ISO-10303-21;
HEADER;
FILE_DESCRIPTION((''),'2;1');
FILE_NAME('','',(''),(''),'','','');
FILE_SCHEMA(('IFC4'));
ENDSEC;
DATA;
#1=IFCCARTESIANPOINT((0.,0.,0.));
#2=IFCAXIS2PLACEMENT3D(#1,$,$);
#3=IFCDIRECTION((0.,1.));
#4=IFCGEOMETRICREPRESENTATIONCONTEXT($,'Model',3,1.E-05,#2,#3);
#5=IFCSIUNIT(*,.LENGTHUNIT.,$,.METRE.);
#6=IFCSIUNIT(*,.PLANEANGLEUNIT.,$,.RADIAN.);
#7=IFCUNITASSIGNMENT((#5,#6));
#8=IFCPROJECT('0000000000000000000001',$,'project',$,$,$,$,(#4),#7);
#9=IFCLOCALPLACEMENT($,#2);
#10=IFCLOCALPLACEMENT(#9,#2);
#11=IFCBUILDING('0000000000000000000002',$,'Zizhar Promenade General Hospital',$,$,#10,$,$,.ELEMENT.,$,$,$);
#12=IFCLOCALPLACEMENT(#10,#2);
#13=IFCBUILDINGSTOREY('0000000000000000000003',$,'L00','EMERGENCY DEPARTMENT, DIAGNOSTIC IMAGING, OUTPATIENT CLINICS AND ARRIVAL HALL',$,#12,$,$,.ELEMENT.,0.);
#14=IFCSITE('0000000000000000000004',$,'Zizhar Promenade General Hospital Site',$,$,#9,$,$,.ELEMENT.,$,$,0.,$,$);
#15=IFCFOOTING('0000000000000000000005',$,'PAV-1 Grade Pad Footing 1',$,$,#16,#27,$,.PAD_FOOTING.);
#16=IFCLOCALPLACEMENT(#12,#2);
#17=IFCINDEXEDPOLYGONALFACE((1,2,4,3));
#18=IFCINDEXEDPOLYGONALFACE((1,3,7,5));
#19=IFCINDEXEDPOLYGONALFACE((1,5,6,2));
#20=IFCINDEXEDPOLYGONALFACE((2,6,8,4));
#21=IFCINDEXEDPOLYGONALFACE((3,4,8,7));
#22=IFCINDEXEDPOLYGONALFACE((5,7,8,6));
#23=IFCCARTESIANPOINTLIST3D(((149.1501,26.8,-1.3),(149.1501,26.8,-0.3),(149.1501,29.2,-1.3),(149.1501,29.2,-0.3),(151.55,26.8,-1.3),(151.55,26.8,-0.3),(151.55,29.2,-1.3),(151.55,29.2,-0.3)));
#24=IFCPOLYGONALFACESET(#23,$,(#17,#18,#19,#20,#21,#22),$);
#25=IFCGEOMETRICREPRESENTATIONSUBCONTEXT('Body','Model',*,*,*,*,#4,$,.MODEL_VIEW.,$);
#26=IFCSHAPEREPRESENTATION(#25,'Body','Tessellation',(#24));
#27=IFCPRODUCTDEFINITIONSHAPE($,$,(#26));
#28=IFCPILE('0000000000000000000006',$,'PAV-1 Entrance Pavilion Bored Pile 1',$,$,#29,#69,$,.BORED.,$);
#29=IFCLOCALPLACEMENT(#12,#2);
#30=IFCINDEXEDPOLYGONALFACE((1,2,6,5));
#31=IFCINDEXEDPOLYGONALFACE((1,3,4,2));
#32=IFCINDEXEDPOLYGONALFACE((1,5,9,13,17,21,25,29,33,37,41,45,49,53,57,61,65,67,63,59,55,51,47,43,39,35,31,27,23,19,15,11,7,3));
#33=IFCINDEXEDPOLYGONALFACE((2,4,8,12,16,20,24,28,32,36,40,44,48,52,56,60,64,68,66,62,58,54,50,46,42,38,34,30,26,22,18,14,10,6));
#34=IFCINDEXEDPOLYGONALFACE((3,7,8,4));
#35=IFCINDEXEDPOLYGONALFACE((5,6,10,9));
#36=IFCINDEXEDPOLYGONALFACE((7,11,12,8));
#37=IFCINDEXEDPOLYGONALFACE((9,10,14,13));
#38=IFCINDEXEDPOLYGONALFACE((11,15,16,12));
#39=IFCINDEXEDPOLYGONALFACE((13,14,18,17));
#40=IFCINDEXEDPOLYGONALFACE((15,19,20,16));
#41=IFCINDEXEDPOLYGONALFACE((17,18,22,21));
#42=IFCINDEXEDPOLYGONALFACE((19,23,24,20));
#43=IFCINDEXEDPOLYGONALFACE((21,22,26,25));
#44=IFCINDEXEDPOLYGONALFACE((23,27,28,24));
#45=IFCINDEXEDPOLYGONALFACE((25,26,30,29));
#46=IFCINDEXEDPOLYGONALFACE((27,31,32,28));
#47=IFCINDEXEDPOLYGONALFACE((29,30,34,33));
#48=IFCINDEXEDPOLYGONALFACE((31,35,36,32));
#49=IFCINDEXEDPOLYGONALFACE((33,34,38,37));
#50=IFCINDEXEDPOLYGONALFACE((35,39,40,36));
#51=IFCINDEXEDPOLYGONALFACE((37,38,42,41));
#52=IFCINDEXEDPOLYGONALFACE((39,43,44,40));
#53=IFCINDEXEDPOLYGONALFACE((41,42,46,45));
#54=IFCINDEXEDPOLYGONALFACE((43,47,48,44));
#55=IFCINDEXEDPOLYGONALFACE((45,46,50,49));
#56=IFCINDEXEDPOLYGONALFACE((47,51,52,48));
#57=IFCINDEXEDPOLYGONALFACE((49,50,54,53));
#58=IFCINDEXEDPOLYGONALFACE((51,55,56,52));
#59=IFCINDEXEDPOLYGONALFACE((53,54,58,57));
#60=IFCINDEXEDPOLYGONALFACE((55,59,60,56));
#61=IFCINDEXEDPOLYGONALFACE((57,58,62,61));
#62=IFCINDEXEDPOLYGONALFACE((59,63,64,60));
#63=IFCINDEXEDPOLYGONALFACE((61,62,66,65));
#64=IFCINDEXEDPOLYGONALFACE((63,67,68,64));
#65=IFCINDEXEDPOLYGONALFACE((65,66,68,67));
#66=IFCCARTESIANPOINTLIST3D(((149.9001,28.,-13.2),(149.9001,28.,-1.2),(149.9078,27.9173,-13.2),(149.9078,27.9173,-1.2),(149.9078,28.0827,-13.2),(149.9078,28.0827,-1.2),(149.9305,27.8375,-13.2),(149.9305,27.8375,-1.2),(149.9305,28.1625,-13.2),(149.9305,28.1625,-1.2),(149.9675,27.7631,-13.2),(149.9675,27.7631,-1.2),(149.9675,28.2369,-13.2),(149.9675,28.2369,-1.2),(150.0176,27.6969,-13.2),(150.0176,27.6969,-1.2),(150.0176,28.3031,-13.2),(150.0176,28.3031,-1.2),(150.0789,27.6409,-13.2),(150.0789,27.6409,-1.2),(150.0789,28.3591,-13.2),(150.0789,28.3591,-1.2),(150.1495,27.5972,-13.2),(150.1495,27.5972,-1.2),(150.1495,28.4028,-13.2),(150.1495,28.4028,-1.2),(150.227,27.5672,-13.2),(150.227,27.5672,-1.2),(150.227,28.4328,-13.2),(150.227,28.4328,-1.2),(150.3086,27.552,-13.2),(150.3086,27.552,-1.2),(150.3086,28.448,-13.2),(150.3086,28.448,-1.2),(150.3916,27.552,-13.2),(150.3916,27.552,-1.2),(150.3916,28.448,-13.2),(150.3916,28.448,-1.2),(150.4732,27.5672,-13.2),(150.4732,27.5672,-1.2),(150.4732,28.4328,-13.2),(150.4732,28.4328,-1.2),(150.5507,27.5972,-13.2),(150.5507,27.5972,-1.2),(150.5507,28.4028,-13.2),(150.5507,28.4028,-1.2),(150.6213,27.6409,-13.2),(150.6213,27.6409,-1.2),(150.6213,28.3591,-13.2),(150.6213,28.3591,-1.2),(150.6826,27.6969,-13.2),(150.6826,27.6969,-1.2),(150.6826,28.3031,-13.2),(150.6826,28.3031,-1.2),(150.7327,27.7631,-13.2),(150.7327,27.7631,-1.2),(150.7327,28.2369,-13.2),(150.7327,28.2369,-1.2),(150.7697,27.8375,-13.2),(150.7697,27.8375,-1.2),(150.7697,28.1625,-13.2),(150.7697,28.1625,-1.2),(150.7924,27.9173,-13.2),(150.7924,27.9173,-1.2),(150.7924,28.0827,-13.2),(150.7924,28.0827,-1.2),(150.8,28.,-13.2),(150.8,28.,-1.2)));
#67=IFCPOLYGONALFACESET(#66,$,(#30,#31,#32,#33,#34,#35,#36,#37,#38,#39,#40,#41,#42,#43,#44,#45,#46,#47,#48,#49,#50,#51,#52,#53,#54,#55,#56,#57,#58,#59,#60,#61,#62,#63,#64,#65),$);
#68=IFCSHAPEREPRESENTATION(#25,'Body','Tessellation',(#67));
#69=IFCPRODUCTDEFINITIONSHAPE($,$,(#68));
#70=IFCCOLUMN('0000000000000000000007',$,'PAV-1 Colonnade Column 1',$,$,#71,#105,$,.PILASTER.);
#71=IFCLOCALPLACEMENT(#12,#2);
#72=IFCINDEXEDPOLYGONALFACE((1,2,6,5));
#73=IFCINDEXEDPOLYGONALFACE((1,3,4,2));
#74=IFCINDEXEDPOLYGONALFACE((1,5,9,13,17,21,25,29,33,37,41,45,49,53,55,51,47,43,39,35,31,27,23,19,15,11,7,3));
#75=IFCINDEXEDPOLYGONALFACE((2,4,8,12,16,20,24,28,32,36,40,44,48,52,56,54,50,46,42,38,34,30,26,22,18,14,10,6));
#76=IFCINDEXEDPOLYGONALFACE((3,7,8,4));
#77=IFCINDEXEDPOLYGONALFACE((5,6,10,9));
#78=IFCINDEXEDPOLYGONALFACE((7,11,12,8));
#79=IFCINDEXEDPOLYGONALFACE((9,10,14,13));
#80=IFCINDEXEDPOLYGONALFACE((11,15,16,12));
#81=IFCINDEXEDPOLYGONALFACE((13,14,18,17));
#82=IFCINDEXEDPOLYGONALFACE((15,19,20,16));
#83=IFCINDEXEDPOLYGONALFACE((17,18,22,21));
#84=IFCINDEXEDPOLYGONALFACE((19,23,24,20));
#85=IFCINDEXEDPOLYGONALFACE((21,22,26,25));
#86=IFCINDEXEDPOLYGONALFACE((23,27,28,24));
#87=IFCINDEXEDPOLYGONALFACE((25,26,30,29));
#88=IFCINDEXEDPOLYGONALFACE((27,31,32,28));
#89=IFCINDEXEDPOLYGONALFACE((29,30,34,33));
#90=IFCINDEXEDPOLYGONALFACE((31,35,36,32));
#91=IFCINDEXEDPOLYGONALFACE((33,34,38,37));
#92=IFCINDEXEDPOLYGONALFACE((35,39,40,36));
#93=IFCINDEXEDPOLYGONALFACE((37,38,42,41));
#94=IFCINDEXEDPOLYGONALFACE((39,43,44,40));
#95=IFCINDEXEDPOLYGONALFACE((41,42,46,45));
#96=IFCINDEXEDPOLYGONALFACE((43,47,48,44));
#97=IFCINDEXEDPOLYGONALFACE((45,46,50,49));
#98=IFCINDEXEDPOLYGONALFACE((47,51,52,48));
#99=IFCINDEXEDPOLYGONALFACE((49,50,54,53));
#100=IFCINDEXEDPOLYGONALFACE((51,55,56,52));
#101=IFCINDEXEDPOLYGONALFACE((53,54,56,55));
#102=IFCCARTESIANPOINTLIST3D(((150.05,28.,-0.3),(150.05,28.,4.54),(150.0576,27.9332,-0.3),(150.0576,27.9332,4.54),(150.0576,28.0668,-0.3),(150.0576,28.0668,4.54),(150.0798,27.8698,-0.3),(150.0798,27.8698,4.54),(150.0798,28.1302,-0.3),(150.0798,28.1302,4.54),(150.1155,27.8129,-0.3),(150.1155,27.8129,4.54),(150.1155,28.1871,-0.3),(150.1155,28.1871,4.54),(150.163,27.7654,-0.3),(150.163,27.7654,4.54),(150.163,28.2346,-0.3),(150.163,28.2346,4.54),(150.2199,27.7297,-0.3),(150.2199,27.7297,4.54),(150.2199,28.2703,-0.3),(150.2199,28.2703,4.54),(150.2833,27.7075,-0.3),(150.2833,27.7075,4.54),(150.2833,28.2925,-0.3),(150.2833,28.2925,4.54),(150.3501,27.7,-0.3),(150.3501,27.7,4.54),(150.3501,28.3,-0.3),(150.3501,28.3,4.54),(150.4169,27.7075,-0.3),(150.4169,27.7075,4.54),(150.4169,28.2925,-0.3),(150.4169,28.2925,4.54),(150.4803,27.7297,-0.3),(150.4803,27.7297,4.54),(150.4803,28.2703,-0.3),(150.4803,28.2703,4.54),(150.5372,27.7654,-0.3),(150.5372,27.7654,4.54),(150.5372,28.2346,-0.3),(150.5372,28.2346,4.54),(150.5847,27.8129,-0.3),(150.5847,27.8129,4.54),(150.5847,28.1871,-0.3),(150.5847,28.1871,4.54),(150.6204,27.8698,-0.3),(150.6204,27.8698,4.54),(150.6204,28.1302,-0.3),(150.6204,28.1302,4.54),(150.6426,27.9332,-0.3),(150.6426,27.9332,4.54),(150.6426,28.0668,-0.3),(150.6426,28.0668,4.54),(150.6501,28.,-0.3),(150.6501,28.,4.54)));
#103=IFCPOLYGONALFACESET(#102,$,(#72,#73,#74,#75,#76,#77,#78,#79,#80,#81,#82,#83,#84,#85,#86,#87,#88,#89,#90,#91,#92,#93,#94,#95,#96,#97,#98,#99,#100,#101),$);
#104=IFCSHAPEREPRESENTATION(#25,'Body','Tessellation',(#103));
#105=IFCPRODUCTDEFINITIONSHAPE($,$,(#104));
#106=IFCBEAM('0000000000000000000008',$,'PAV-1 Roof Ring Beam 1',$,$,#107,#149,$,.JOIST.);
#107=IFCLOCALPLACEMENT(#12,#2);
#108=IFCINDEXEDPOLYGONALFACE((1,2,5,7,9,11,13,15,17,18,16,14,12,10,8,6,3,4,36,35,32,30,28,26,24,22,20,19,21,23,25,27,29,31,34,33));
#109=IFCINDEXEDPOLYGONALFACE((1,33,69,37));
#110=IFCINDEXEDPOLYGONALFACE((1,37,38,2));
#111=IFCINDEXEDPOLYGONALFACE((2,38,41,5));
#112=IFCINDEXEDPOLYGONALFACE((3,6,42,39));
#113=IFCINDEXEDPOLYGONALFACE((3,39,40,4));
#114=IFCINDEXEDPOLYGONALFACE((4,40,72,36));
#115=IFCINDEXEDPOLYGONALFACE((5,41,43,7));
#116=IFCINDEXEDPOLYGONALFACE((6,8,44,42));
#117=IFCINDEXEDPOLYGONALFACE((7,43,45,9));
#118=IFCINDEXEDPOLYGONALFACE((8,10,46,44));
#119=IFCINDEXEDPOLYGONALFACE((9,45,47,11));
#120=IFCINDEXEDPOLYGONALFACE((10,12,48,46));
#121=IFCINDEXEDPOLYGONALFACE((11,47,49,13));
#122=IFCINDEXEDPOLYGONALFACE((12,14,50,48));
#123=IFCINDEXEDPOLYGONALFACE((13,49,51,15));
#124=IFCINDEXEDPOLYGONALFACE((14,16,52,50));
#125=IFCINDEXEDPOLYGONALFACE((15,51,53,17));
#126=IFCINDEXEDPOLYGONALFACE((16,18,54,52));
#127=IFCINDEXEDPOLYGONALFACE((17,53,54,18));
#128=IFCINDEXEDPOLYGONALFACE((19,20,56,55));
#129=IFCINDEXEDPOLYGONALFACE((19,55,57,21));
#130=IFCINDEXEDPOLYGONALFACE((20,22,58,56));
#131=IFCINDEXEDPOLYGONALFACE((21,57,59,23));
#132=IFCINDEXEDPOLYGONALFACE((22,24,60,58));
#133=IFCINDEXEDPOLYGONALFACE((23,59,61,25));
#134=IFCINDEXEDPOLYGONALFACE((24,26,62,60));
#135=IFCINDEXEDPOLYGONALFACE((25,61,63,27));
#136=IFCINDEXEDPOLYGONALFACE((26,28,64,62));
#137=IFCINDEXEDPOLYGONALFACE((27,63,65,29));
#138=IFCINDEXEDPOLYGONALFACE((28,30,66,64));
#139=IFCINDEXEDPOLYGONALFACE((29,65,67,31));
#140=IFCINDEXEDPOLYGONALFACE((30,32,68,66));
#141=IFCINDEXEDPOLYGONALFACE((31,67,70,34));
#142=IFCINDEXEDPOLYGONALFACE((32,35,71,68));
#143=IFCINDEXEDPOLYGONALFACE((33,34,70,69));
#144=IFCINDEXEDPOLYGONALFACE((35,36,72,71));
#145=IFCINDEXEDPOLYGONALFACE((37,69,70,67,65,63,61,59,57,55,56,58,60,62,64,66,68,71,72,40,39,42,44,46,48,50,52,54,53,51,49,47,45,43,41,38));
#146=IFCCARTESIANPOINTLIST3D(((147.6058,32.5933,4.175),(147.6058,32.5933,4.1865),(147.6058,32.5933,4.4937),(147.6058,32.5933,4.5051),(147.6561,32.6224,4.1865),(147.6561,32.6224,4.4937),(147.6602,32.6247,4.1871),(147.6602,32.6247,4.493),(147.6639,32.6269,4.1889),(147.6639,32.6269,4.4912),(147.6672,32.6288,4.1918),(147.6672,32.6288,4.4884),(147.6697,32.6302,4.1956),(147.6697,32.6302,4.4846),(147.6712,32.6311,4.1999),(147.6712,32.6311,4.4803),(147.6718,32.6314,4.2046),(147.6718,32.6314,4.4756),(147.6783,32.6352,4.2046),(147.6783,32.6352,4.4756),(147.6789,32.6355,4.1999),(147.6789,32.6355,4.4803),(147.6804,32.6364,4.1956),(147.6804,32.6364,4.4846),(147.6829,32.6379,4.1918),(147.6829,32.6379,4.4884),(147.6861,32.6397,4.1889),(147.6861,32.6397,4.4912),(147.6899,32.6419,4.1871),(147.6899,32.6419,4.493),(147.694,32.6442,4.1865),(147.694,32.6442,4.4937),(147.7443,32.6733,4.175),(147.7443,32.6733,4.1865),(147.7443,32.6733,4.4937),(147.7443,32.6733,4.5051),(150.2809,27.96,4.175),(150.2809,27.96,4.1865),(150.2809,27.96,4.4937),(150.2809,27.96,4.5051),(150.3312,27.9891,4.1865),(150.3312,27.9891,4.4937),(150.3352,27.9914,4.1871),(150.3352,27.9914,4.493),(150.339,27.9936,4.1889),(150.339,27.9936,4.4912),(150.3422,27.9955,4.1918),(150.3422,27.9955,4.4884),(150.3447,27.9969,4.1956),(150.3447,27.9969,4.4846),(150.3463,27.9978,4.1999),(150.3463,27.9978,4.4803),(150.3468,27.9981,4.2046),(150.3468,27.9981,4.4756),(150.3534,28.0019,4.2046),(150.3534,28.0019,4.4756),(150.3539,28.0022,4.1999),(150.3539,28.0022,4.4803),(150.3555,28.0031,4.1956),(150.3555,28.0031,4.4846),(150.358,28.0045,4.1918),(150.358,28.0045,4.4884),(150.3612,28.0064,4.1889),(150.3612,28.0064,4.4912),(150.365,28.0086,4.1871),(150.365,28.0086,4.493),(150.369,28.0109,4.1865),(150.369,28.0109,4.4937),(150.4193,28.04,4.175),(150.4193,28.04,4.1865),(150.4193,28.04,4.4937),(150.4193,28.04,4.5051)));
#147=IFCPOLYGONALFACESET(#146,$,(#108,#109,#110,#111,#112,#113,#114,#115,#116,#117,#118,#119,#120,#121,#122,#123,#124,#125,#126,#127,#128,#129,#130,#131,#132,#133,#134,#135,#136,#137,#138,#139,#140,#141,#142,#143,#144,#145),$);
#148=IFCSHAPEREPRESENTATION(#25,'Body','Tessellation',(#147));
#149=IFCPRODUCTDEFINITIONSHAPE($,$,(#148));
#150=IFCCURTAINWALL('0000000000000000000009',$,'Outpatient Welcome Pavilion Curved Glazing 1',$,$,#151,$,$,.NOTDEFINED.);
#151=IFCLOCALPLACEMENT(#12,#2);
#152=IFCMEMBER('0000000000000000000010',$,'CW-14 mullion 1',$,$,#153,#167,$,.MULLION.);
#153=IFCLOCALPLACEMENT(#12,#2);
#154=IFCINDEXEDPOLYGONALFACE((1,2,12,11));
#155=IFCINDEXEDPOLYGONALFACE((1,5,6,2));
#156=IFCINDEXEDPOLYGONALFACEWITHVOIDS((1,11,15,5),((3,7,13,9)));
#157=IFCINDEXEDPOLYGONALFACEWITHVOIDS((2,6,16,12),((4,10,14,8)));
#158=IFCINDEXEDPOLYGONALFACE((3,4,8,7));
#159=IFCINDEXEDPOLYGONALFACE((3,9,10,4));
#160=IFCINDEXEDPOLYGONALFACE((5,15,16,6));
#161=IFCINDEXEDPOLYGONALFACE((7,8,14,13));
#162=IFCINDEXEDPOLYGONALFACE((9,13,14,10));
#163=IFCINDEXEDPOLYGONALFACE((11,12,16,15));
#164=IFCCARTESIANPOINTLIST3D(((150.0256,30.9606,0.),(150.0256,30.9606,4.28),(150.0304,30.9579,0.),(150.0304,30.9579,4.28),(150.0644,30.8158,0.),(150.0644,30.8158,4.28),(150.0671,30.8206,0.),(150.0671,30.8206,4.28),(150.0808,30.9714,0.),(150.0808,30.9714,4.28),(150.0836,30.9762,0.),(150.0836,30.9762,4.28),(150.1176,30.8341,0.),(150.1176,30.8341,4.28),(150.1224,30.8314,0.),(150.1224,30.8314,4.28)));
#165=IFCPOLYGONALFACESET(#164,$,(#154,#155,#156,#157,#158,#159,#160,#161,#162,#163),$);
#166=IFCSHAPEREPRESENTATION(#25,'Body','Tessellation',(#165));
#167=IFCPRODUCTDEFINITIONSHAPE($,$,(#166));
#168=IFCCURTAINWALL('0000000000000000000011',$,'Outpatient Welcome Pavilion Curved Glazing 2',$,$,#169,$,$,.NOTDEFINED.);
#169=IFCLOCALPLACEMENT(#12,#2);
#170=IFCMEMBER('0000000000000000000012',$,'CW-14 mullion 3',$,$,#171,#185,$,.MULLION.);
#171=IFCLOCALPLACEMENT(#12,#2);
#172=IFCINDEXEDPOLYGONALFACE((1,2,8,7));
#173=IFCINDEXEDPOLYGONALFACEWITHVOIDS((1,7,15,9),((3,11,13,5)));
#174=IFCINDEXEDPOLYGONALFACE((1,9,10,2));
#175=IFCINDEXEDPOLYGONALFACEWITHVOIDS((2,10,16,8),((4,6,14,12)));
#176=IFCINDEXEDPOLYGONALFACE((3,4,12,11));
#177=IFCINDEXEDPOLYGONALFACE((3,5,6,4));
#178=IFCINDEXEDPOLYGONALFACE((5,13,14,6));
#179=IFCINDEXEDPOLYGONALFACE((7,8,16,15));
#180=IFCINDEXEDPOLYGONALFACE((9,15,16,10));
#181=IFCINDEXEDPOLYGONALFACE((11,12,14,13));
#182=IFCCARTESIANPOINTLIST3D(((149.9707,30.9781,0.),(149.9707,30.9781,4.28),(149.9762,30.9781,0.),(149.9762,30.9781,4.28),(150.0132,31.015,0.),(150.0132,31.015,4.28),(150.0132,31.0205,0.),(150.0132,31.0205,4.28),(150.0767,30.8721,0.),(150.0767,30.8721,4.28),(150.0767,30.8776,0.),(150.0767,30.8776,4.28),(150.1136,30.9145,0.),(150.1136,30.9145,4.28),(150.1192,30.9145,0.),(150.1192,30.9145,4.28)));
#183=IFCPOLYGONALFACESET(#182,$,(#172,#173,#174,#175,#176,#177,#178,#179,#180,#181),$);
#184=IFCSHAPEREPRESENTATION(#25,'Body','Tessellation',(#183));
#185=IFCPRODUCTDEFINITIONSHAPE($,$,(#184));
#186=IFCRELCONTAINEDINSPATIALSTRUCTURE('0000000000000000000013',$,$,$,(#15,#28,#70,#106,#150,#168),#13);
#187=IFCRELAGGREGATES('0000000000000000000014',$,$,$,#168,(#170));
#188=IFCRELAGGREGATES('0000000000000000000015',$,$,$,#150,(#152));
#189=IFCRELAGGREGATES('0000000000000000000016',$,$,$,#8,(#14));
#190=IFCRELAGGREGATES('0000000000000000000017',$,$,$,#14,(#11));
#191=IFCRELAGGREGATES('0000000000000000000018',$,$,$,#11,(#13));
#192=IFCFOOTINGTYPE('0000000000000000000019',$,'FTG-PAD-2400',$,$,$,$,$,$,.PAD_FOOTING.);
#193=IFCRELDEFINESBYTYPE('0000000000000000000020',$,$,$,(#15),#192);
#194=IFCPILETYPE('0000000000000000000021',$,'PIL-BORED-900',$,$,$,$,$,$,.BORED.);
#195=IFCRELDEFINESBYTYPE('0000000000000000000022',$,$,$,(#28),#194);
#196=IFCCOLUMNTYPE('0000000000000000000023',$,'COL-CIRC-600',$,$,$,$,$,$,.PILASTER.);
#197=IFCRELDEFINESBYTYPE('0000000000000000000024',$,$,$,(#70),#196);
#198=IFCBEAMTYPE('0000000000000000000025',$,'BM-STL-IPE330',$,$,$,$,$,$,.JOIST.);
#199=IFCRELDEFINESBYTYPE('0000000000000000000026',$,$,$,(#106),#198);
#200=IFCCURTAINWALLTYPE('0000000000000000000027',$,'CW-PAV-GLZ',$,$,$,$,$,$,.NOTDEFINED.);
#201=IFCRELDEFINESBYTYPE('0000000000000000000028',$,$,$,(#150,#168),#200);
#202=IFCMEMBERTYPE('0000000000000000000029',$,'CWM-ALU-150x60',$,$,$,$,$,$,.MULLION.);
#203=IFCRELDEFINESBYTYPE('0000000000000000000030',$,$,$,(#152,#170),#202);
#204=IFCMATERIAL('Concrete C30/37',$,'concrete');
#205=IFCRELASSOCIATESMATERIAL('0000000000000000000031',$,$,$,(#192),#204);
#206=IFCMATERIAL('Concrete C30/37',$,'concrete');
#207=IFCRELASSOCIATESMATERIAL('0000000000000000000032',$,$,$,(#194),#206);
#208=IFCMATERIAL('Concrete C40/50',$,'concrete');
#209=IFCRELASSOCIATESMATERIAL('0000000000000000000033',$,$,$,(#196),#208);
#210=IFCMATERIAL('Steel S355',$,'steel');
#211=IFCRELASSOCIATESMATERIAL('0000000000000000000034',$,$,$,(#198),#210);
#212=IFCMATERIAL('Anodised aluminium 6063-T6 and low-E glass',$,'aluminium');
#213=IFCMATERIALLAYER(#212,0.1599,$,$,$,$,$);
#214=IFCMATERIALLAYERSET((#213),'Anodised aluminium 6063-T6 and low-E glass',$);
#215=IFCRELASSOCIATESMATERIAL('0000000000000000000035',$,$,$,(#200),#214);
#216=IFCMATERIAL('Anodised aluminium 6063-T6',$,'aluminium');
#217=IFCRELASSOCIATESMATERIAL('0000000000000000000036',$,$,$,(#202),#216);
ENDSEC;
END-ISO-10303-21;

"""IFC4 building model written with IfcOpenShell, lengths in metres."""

from ifc_helpers import new_model, si_unit, direction, frame, origin, origin_2d, place, context, subcontext, project, spatial, rectangle, hollow_rectangle, circle, i_section, extrude, material, layer, layer_set, material_profile, profile_set, type_object, element, aggregate, save


model = new_model("IFC4")

# Units and contexts
model_context = context("Model", 3, precision=1e-05, world=origin(), true_north=direction((0.0, 1.0)))
body_context = subcontext(model_context, "Body", "Model", "MODEL_VIEW")
ifc_project = project(units=[si_unit("LENGTHUNIT", "METRE"), si_unit("PLANEANGLEUNIT", "RADIAN")], contexts=[model_context])

# Site, building, storey
site_placement = place(None, origin())
site = spatial("IfcSite", under=ifc_project, at=site_placement, Name="Zizhar Promenade General Hospital Site", CompositionType="ELEMENT", RefElevation=0.0)
building_placement = place(site_placement, origin())
building = spatial("IfcBuilding", under=site, at=building_placement, Name="Zizhar Promenade General Hospital", CompositionType="ELEMENT")
storey_placement = place(building_placement, origin())
storey = spatial("IfcBuildingStorey", under=building, at=storey_placement, Name="L00", Description="EMERGENCY DEPARTMENT, DIAGNOSTIC IMAGING, OUTPATIENT CLINICS AND ARRIVAL HALL", CompositionType="ELEMENT", Elevation=0.0)

# Footing
ifc_material_1 = material(Name="Concrete C30/37", Category="concrete")
footing_type = type_object("IfcFootingType", Name="FTG-PAD-2400", PredefinedType="PAD_FOOTING", material=ifc_material_1)
footing_placement = place(storey_placement, frame((150.3501, 28.0, -1.3), z_axis=(0.0, 0.0, 1.0), x_axis=(1.0, 0.0, 0.0)))
element("IfcFooting", 1, at=footing_placement, inside=storey, type_object=footing_type, Name="PAV-1 Grade Pad Footing 1", PredefinedType="PAD_FOOTING", context=body_context, shape_type="SweptSolid", body=[
    extrude(rectangle(XDim=2.3999, YDim=2.3999, at=origin_2d()), origin(), (0.0, 0.0, 1.0), 1.0),
])

# Pile
ifc_material_2 = material(Name="Concrete C30/37", Category="concrete")
ifc_material_profile_1 = material_profile(ifc_material_2, circle(Radius=0.45, at=origin_2d()))
ifc_profile_set_1 = profile_set([ifc_material_profile_1], Name="Concrete C30/37")
pile_type = type_object("IfcPileType", Name="PIL-BORED-900", PredefinedType="BORED", material=ifc_profile_set_1)
pile_placement = place(storey_placement, frame((150.3501, 28.0, -1.2), z_axis=(0.0, 0.0, -1.0), x_axis=(1.0, 0.0, 0.0)))
element("IfcPile", 2, at=pile_placement, inside=storey, type_object=pile_type, Name="PAV-1 Entrance Pavilion Bored Pile 1", PredefinedType="BORED", context=body_context, shape_type="SweptSolid", body=[
    extrude(circle(Radius=0.45, at=origin_2d()), origin(), (0.0, 0.0, 1.0), 12.0),
])

# Column
ifc_material_3 = material(Name="Concrete C40/50", Category="concrete")
ifc_material_profile_2 = material_profile(ifc_material_3, circle(Radius=0.3, at=origin_2d()))
ifc_profile_set_2 = profile_set([ifc_material_profile_2], Name="Concrete C40/50")
column_type = type_object("IfcColumnType", Name="COL-CIRC-600", PredefinedType="PILASTER", material=ifc_profile_set_2)
column_placement = place(storey_placement, frame((150.3501, 28.0, -0.3), z_axis=(0.0, 0.0, 1.0), x_axis=(1.0, 0.0, 0.0)))
element("IfcColumn", 3, at=column_placement, inside=storey, type_object=column_type, Name="PAV-1 Colonnade Column 1", PredefinedType="PILASTER", context=body_context, shape_type="SweptSolid", body=[
    extrude(circle(Radius=0.3, at=origin_2d()), origin(), (0.0, 0.0, 1.0), 4.8401),
])

# Beam
ifc_material_4 = material(Name="Steel S355", Category="steel")
ifc_material_profile_3 = material_profile(ifc_material_4, i_section(OverallWidth=0.1599, OverallDepth=0.3301, WebThickness=0.0076, FlangeThickness=0.0115, FilletRadius=0.0181, at=origin_2d()))
ifc_profile_set_3 = profile_set([ifc_material_profile_3], Name="Steel S355")
beam_type = type_object("IfcBeamType", Name="BM-STL-IPE330", PredefinedType="JOIST", material=ifc_profile_set_3)
beam_placement = place(storey_placement, frame((150.3501, 28.0, 4.3401), z_axis=(-0.500002, 0.866024, 0.0), x_axis=(-0.866024, -0.500002, 0.0)))
element("IfcBeam", 4, at=beam_placement, inside=storey, type_object=beam_type, Name="PAV-1 Roof Ring Beam 1", PredefinedType="JOIST", context=body_context, shape_type="SweptSolid", body=[
    extrude(i_section(OverallWidth=0.1599, OverallDepth=0.3301, WebThickness=0.0076, FlangeThickness=0.0115, FilletRadius=0.0181, at=origin_2d()), origin(), (0.0, 0.0, 1.0), 5.3501),
])

# Curtain walls, members
ifc_material_5 = material(Name="Anodised aluminium 6063-T6 and low-E glass", Category="aluminium")
ifc_layer_1 = layer(ifc_material_5, 0.1599)
ifc_layer_set_1 = layer_set([ifc_layer_1], Name="Anodised aluminium 6063-T6 and low-E glass")
curtain_wall_type = type_object("IfcCurtainWallType", Name="CW-PAV-GLZ", PredefinedType="NOTDEFINED", material=ifc_layer_set_1)
curtain_wall_1_placement = place(storey_placement, origin())
curtain_wall_1 = element("IfcCurtainWall", 5, at=curtain_wall_1_placement, inside=storey, type_object=curtain_wall_type, Name="Outpatient Welcome Pavilion Curved Glazing 1", PredefinedType="NOTDEFINED")
ifc_material_6 = material(Name="Anodised aluminium 6063-T6", Category="aluminium")
ifc_material_profile_4 = material_profile(ifc_material_6, hollow_rectangle(XDim=0.0601, YDim=0.1499, WallThickness=0.0039, at=origin_2d()))
ifc_profile_set_4 = profile_set([ifc_material_profile_4], Name="Anodised aluminium 6063-T6")
member_type_1 = type_object("IfcMemberType", Name="CWM-ALU-150x60", PredefinedType="MULLION", material=ifc_profile_set_4)
member_1_placement = place(storey_placement, frame((150.074, 30.896, 0.0), z_axis=(0.0, 0.0, 1.0), x_axis=(0.965922, 0.258834, 0.0)))
member_1 = element("IfcMember", 6, at=member_1_placement, type_object=member_type_1, Name="CW-14 mullion 1", PredefinedType="MULLION", context=body_context, shape_type="SweptSolid", body=[
    extrude(hollow_rectangle(XDim=0.0601, YDim=0.1499, WallThickness=0.0039, at=origin_2d()), origin(), (0.0, 0.0, 1.0), 4.28),
])
curtain_wall_2_placement = place(storey_placement, origin())
curtain_wall_2 = element("IfcCurtainWall", 7, at=curtain_wall_2_placement, inside=storey, type_object=curtain_wall_type, Name="Outpatient Welcome Pavilion Curved Glazing 2", PredefinedType="NOTDEFINED")
member_2_placement = place(storey_placement, frame((150.0449, 30.9463, 0.0), z_axis=(0.0, 0.0, 1.0), x_axis=(0.707107, 0.707107, 0.0)))
member_2 = element("IfcMember", 8, at=member_2_placement, type_object=member_type_1, Name="CW-14 mullion 3", PredefinedType="MULLION", context=body_context, shape_type="SweptSolid", body=[
    extrude(hollow_rectangle(XDim=0.0601, YDim=0.1499, WallThickness=0.0039, at=origin_2d()), origin(), (0.0, 0.0, 1.0), 4.28),
])
aggregate(curtain_wall_2, [member_2])

aggregate(curtain_wall_1, [member_1])

save(model, "model.ifc")
